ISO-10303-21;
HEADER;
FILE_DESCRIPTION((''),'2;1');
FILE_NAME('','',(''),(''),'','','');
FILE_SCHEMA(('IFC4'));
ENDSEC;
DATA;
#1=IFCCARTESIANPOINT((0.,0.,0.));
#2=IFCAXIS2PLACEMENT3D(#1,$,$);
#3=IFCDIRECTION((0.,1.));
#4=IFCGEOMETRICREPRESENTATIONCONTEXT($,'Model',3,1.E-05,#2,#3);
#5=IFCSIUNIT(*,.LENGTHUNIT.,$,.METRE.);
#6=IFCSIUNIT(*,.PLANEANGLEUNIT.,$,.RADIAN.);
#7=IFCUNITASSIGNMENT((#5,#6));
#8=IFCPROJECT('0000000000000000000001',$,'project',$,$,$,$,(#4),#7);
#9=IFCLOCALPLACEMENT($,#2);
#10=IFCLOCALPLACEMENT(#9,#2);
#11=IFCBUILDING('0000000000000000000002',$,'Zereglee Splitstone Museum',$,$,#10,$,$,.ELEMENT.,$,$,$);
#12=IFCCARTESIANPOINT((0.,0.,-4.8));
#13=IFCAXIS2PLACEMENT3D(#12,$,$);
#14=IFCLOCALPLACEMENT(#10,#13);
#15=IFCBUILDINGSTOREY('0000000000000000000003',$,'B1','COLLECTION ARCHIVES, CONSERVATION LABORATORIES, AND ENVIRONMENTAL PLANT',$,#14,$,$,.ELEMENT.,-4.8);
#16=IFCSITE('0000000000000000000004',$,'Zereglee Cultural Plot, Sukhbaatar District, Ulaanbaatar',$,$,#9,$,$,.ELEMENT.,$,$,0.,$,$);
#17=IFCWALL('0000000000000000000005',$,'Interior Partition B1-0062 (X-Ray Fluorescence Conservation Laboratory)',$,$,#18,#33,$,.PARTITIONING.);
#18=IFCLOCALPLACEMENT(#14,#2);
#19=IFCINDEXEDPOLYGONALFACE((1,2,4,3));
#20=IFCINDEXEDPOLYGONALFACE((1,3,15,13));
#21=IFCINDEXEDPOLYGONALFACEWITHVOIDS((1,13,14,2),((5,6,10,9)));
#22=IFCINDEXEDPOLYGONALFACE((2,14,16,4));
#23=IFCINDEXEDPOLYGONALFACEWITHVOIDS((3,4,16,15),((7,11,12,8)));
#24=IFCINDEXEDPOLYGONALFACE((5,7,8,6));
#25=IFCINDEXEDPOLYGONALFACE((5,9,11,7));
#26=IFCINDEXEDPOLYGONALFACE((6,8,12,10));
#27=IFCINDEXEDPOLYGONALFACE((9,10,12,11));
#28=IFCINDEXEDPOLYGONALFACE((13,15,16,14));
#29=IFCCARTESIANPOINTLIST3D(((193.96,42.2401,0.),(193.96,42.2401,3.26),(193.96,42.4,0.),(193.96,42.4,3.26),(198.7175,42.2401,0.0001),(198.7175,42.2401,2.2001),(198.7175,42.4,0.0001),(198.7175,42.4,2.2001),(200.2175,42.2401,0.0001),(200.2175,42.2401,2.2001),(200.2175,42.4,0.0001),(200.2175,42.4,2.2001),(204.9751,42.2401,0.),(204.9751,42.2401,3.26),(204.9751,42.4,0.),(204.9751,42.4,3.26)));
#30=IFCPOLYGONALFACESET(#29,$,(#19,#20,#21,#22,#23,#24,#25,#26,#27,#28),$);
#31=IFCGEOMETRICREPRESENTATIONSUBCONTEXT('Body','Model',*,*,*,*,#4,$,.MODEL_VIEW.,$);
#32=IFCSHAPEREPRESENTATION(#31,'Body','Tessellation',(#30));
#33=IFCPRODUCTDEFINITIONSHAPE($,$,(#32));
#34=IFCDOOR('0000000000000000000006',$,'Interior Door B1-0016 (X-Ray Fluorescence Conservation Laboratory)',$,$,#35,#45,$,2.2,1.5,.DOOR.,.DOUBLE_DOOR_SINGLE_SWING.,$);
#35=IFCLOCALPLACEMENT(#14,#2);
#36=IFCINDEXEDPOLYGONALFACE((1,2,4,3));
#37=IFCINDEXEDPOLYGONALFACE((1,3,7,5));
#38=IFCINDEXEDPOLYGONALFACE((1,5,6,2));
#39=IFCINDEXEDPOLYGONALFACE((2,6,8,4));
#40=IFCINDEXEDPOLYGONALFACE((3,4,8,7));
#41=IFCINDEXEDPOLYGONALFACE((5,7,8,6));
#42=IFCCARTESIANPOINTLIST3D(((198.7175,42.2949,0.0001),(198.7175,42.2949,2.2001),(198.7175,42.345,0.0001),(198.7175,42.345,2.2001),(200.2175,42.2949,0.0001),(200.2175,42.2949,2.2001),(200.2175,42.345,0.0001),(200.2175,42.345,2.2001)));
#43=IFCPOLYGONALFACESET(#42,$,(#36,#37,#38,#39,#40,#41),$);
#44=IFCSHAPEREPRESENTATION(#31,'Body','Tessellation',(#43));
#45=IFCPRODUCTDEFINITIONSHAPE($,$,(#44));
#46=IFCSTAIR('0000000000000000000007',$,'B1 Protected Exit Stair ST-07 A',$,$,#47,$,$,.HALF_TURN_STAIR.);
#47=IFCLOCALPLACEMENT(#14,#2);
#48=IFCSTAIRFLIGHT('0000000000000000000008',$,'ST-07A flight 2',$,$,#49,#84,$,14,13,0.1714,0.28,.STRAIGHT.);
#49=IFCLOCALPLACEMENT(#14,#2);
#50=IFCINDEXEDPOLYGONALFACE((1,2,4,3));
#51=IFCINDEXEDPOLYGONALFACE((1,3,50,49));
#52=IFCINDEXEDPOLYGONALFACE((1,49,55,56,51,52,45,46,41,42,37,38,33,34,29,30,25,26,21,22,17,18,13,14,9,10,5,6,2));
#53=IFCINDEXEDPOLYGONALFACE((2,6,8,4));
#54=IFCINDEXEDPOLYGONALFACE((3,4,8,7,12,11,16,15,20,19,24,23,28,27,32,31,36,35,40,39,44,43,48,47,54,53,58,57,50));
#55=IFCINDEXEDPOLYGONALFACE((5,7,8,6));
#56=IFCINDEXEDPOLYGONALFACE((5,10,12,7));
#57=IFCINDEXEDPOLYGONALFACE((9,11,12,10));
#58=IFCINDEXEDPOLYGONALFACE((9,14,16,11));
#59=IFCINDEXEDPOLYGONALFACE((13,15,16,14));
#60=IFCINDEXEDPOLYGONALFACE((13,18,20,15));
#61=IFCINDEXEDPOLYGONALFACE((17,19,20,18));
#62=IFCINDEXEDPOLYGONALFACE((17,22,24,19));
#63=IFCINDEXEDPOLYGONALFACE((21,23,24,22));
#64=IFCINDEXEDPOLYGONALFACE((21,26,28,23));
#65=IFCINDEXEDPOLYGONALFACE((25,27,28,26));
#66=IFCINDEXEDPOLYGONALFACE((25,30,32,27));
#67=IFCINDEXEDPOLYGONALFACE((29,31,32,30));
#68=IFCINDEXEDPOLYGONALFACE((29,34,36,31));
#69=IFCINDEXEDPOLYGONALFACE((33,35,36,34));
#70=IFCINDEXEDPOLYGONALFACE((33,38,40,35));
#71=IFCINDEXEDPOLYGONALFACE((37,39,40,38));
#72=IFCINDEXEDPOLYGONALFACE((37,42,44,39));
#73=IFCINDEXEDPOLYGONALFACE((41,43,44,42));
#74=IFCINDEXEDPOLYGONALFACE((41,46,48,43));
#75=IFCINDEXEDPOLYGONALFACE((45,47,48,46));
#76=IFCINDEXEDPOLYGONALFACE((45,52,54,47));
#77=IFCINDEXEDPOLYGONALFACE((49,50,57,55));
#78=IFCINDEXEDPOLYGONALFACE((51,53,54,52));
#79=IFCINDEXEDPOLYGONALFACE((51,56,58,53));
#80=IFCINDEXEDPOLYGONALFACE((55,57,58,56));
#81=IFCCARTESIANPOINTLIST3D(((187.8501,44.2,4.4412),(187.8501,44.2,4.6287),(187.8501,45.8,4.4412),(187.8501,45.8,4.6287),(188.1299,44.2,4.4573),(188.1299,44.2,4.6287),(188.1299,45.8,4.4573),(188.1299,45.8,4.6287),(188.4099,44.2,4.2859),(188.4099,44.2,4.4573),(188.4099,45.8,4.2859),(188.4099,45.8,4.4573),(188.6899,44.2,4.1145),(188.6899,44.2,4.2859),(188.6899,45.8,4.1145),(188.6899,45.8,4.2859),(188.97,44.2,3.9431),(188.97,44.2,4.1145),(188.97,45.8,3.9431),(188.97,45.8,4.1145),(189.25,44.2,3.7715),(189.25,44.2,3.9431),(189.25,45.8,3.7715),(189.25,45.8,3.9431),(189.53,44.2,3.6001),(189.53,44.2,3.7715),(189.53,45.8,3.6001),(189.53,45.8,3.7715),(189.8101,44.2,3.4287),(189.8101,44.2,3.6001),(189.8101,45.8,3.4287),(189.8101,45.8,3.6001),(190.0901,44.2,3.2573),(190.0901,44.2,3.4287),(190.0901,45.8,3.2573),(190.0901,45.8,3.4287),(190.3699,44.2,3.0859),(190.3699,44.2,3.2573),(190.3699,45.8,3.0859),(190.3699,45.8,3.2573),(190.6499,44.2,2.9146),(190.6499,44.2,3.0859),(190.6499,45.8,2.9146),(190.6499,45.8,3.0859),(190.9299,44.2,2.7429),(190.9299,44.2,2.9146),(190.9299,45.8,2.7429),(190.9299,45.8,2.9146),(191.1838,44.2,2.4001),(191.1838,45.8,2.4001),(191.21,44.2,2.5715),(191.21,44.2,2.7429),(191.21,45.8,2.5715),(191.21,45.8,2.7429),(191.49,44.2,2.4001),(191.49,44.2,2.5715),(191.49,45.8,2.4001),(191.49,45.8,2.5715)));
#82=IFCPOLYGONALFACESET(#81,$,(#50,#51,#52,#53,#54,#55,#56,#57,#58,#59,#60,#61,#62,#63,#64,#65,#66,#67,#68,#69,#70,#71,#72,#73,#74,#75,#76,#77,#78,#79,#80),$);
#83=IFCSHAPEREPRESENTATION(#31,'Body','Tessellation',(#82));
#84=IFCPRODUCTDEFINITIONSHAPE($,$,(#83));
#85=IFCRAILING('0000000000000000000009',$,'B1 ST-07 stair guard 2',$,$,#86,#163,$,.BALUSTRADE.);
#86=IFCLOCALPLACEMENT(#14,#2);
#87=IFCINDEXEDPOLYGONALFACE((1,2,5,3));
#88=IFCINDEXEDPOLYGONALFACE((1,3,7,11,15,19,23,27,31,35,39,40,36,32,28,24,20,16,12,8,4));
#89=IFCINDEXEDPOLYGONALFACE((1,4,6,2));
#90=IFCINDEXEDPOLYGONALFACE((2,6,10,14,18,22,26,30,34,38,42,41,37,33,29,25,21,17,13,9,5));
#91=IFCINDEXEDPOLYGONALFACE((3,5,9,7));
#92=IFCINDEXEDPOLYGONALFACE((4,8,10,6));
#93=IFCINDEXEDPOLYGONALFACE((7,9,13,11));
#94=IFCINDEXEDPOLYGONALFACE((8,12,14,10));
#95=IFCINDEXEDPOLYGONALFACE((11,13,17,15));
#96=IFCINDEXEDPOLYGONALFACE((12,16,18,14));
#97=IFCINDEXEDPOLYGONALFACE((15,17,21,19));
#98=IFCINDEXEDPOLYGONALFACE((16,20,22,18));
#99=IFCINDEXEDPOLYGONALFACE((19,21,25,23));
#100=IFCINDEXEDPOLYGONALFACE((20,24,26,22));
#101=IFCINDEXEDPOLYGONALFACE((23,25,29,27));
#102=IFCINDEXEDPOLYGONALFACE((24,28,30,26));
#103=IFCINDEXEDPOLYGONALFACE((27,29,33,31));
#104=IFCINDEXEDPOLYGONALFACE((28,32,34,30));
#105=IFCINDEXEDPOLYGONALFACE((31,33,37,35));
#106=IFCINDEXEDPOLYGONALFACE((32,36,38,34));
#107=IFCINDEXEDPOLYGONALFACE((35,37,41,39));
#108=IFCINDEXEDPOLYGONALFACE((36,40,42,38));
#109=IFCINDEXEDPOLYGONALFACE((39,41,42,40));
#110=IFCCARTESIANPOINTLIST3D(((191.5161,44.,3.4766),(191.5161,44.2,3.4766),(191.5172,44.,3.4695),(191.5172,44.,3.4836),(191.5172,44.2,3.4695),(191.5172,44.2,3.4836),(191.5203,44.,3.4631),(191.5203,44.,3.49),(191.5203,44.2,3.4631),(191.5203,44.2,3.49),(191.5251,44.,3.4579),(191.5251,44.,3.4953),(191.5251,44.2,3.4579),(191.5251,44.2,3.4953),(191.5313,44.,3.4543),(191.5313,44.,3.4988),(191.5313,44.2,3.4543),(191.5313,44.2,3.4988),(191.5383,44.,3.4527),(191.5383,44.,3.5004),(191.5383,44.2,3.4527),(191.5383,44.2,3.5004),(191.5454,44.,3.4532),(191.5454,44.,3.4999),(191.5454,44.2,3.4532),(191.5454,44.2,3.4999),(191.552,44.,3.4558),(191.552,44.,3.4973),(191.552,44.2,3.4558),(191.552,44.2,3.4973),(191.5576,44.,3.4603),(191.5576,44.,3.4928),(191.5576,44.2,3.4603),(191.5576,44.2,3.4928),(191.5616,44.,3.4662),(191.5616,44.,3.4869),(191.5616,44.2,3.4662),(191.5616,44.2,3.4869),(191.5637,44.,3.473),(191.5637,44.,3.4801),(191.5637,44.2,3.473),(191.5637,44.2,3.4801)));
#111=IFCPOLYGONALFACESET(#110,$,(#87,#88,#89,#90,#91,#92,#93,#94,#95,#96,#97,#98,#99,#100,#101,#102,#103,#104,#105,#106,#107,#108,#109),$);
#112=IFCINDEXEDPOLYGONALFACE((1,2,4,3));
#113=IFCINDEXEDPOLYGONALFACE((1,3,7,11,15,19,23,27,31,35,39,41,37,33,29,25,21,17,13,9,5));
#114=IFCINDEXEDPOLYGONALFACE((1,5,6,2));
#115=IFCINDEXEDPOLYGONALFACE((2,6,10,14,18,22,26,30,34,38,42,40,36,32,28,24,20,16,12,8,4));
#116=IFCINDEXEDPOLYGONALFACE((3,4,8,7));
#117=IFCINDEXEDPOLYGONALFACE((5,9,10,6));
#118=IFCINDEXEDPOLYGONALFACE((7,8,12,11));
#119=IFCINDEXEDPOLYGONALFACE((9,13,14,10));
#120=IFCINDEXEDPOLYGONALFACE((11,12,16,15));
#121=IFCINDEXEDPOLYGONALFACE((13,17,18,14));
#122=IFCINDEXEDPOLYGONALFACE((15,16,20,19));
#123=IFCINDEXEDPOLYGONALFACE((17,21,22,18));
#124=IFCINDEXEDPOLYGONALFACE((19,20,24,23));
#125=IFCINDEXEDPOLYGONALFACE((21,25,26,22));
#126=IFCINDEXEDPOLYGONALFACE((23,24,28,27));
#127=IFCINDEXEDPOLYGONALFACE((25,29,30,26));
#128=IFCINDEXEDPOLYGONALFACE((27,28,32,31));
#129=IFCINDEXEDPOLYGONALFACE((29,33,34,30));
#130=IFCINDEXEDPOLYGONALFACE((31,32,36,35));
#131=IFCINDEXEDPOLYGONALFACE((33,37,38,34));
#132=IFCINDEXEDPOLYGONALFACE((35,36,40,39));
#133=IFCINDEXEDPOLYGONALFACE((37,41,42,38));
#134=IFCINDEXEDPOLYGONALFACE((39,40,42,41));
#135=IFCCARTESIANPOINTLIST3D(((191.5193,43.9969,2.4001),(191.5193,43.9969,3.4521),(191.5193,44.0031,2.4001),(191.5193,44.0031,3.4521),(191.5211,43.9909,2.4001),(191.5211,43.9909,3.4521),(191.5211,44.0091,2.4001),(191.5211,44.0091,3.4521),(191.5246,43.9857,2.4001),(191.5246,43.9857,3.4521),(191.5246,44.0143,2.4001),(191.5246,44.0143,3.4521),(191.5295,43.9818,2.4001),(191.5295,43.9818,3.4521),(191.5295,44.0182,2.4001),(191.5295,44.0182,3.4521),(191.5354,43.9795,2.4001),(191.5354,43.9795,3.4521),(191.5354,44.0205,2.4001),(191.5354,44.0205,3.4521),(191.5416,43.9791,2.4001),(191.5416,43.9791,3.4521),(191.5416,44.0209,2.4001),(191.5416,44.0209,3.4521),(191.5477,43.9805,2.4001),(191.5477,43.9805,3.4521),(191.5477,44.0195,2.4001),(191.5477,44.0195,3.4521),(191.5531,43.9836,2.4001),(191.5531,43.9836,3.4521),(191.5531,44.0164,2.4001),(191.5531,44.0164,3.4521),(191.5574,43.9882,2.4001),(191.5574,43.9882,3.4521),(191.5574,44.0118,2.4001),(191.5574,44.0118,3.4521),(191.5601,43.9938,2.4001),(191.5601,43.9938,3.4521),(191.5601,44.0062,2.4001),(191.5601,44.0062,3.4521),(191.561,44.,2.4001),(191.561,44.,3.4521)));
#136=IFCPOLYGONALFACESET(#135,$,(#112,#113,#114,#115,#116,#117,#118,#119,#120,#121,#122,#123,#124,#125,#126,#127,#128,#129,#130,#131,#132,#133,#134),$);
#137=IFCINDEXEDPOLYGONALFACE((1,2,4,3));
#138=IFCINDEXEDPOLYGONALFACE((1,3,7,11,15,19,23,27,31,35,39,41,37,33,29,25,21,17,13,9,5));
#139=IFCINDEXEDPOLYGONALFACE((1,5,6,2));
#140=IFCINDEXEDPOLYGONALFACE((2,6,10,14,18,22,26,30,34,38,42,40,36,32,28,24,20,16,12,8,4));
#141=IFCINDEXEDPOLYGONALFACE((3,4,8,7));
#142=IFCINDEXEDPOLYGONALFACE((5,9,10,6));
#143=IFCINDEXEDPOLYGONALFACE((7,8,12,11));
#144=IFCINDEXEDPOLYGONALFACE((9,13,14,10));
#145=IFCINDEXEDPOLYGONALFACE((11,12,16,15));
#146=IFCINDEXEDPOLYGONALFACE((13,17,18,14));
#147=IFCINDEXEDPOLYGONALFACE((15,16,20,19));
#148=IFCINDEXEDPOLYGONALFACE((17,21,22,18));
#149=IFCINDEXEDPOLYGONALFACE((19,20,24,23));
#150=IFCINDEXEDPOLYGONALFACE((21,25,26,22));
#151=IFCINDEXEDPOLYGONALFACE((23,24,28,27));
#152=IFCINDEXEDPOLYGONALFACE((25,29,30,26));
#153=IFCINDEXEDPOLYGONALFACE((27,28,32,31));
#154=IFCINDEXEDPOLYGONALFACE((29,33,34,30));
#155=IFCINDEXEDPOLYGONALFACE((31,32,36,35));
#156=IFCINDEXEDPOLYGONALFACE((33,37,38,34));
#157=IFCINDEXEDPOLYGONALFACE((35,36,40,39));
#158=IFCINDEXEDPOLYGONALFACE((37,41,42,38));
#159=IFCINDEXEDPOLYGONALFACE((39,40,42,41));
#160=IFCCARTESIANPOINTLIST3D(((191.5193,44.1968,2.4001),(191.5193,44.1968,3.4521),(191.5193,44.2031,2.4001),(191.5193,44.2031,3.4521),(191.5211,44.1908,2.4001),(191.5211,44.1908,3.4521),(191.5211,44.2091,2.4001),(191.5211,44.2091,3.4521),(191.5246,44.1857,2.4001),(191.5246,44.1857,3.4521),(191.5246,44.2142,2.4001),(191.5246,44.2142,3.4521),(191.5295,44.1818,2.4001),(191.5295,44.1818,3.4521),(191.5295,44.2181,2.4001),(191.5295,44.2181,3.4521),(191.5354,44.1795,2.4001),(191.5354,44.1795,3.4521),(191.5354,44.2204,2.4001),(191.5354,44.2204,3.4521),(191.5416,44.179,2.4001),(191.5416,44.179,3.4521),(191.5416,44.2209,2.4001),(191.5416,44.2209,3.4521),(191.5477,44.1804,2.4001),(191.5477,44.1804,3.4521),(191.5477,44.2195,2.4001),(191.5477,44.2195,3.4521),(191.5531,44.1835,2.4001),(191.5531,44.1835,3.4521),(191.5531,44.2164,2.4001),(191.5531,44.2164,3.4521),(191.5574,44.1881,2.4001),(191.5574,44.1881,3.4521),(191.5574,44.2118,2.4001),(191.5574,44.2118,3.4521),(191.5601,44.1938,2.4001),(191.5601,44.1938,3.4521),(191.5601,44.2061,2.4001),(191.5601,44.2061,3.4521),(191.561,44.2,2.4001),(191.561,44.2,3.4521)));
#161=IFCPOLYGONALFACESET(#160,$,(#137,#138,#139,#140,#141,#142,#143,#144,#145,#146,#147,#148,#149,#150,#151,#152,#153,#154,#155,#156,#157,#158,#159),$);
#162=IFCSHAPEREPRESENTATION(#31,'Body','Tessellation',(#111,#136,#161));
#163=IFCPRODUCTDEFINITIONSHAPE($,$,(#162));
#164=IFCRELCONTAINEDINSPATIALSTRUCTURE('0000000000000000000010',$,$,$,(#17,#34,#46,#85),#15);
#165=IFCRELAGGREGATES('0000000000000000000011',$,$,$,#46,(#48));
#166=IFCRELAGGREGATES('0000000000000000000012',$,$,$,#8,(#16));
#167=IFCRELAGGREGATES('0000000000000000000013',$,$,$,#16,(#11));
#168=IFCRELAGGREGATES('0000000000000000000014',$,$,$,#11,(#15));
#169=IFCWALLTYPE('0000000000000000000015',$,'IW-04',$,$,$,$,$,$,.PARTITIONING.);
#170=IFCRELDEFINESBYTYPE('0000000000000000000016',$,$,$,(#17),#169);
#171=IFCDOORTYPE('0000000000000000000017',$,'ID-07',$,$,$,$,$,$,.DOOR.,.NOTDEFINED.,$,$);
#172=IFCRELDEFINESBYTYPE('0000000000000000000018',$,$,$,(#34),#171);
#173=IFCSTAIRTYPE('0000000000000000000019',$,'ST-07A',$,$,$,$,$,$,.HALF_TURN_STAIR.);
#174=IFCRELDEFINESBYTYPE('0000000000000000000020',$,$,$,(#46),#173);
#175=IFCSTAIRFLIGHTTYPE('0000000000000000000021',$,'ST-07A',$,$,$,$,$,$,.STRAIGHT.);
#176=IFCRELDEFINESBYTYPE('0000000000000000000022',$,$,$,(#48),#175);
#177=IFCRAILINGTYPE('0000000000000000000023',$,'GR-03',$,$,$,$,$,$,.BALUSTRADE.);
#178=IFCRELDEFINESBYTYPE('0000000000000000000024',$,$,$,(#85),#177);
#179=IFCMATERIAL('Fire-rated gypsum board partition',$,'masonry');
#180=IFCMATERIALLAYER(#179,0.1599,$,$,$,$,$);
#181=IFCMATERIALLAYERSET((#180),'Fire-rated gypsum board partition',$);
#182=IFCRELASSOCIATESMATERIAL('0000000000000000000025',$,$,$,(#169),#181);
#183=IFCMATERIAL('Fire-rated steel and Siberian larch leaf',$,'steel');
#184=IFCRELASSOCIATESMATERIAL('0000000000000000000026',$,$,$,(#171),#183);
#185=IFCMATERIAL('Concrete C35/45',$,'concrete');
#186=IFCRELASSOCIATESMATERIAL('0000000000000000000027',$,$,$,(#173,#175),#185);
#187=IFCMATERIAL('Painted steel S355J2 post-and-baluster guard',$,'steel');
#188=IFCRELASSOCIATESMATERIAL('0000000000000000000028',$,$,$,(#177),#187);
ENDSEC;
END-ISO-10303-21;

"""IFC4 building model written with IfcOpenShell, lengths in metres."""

from ifc_helpers import new_model, si_unit, direction, frame, frame_2d, origin, origin_2d, place, context, subcontext, project, spatial, polyline, rectangle, circle, outline, extrude, material, layer, layer_set, type_object, element, fill, aggregate, save


model = new_model("IFC4")

# Units and contexts
model_context = context("Model", 3, precision=1e-05, world=origin(), true_north=direction((0.0, 1.0)))
body_context = subcontext(model_context, "Body", "Model", "MODEL_VIEW")
ifc_project = project(units=[si_unit("LENGTHUNIT", "METRE"), si_unit("PLANEANGLEUNIT", "RADIAN")], contexts=[model_context])

# Site, building, storey
site_placement = place(None, origin())
site = spatial("IfcSite", under=ifc_project, at=site_placement, Name="Zereglee Cultural Plot, Sukhbaatar District, Ulaanbaatar", CompositionType="ELEMENT", RefElevation=0.0)
building_placement = place(site_placement, origin())
building = spatial("IfcBuilding", under=site, at=building_placement, Name="Zereglee Splitstone Museum", CompositionType="ELEMENT")
storey_placement = place(building_placement, frame((0.0, 0.0, -4.8)))
storey = spatial("IfcBuildingStorey", under=building, at=storey_placement, Name="B1", Description="COLLECTION ARCHIVES, CONSERVATION LABORATORIES, AND ENVIRONMENTAL PLANT", CompositionType="ELEMENT", Elevation=-4.8)

# Wall, opening, door
ifc_material_1 = material(Name="Fire-rated gypsum board partition", Category="masonry")
ifc_layer_1 = layer(ifc_material_1, 0.1599)
ifc_layer_set_1 = layer_set([ifc_layer_1], Name="Fire-rated gypsum board partition")
wall_type_1 = type_object("IfcWallType", Name="IW-04", PredefinedType="PARTITIONING", material=ifc_layer_set_1)
wall_1_placement = place(storey_placement, frame((193.96, 42.3201, 0.0), z_axis=(0.0, 0.0, 1.0), x_axis=(1.0, 0.0, 0.0)))
wall_1 = element("IfcWall", 1, at=wall_1_placement, inside=storey, type_object=wall_type_1, Name="Interior Partition B1-0062 (X-Ray Fluorescence Conservation Laboratory)", PredefinedType="PARTITIONING", context=body_context, shape_type="SweptSolid", body=[
    extrude(rectangle(XDim=11.0151, YDim=0.1599, at=frame_2d((5.5076, 0.0))), origin(), (0.0, 0.0, 1.0), 3.26),
])
opening_placement = place(wall_1_placement, frame((4.7576, 0.0, 0.0)))
opening = element("IfcOpeningElement", 2, at=opening_placement, cuts=wall_1, PredefinedType="OPENING", context=body_context, shape_type="SweptSolid", body=[
    extrude(rectangle(XDim=1.5, YDim=2.2, at=frame_2d((0.75, 1.1001))), frame((0.0, 0.0947, 0.0), z_axis=(0.0, -1.0, 0.0), x_axis=(1.0, 0.0, 0.0)), (0.0, 0.0, 1.0), 0.1897),
])
ifc_material_2 = material(Name="Fire-rated steel and Siberian larch leaf", Category="steel")
door_type = type_object("IfcDoorType", Name="ID-07", OperationType="NOTDEFINED", PredefinedType="DOOR", material=ifc_material_2)
door_placement = place(opening_placement, origin())
door = element("IfcDoor", 3, at=door_placement, inside=storey, type_object=door_type, Name="Interior Door B1-0016 (X-Ray Fluorescence Conservation Laboratory)", OperationType="DOUBLE_DOOR_SINGLE_SWING", OverallHeight=2.2, OverallWidth=1.5, PredefinedType="DOOR", context=body_context, shape_type="SweptSolid", body=[
    extrude(rectangle(XDim=1.5, YDim=2.2, at=frame_2d((0.75, 1.1001))), frame((0.0, 0.0249, 0.0), z_axis=(0.0, -1.0, 0.0), x_axis=(1.0, 0.0, 0.0)), (0.0, 0.0, 1.0), 0.05),
])
fill(opening, door)

# Stair, stair flight
ifc_material_3 = material(Name="Concrete C35/45", Category="concrete")
stair_type = type_object("IfcStairType", Name="ST-07A", PredefinedType="HALF_TURN_STAIR", material=ifc_material_3)
stair_placement = place(storey_placement, origin())
stair = element("IfcStair", 4, at=stair_placement, inside=storey, type_object=stair_type, Name="B1 Protected Exit Stair ST-07 A", PredefinedType="HALF_TURN_STAIR")
stair_flight_type = type_object("IfcStairFlightType", Name="ST-07A", PredefinedType="STRAIGHT", material=ifc_material_3)
stair_flight_placement = place(storey_placement, frame((191.49, 45.0, 2.4001), z_axis=(0.0, 0.0, 1.0), x_axis=(-1.0, 0.0, 0.0)))
stair_flight = element("IfcStairFlight", 5, at=stair_flight_placement, type_object=stair_flight_type, Name="ST-07A flight 2", NumberOfRisers=14, NumberOfTreads=13, PredefinedType="STRAIGHT", RiserHeight=0.1714, TreadLength=0.28, context=body_context, shape_type="SweptSolid", body=[
    extrude(outline(polyline([(0.0, 0.0), (0.0, 0.1714), (0.28, 0.1714), (0.28, 0.3428), (0.5601, 0.3428), (0.5601, 0.5144), (0.8401, 0.5144), (0.8401, 0.6858), (1.1201, 0.6858), (1.1201, 0.8572), (1.3999, 0.8572), (1.3999, 1.0286), (1.6799, 1.0286), (1.6799, 1.2), (1.96, 1.2), (1.96, 1.3713), (2.24, 1.3713), (2.24, 1.543), (2.52, 1.543), (2.52, 1.7144), (2.8, 1.7144), (2.8, 1.8857), (3.0801, 1.8857), (3.0801, 2.0571), (3.3601, 2.0571), (3.3601, 2.2285), (3.6399, 2.2285), (3.6399, 2.3999), (3.6399, 2.041), (0.3062, 0.0), (0.0, 0.0)])), frame((0.0, 0.8, 0.0), z_axis=(0.0, -1.0, 0.0), x_axis=(1.0, 0.0, 0.0)), (0.0, 0.0, 1.0), 1.6001),
])
aggregate(stair, [stair_flight])

# Railing
ifc_material_4 = material(Name="Painted steel S355J2 post-and-baluster guard", Category="steel")
railing_type_1 = type_object("IfcRailingType", Name="GR-03", PredefinedType="BALUSTRADE", material=ifc_material_4)
railing_1_placement = place(storey_placement, frame((191.54, 44.0, 2.4001)))
element("IfcRailing", 6, at=railing_1_placement, inside=storey, type_object=railing_type_1, Name="B1 ST-07 stair guard 2", PredefinedType="BALUSTRADE", context=body_context, shape_type="SweptSolid", body=[
    extrude(circle(Radius=0.0239, at=origin_2d()), frame((0.0, 0.0, 1.0764), z_axis=(0.0, 1.0, 0.0), x_axis=(-1.0, 0.0, 0.0)), (0.0, 0.0, 1.0), 0.2),
    extrude(circle(Radius=0.021, at=origin_2d()), origin(), (0.0, 0.0, 1.0), 1.052),
    extrude(circle(Radius=0.021, at=origin_2d()), frame((0.0, 0.2, 0.0)), (0.0, 0.0, 1.0), 1.052),
])

save(model, "model.ifc")
